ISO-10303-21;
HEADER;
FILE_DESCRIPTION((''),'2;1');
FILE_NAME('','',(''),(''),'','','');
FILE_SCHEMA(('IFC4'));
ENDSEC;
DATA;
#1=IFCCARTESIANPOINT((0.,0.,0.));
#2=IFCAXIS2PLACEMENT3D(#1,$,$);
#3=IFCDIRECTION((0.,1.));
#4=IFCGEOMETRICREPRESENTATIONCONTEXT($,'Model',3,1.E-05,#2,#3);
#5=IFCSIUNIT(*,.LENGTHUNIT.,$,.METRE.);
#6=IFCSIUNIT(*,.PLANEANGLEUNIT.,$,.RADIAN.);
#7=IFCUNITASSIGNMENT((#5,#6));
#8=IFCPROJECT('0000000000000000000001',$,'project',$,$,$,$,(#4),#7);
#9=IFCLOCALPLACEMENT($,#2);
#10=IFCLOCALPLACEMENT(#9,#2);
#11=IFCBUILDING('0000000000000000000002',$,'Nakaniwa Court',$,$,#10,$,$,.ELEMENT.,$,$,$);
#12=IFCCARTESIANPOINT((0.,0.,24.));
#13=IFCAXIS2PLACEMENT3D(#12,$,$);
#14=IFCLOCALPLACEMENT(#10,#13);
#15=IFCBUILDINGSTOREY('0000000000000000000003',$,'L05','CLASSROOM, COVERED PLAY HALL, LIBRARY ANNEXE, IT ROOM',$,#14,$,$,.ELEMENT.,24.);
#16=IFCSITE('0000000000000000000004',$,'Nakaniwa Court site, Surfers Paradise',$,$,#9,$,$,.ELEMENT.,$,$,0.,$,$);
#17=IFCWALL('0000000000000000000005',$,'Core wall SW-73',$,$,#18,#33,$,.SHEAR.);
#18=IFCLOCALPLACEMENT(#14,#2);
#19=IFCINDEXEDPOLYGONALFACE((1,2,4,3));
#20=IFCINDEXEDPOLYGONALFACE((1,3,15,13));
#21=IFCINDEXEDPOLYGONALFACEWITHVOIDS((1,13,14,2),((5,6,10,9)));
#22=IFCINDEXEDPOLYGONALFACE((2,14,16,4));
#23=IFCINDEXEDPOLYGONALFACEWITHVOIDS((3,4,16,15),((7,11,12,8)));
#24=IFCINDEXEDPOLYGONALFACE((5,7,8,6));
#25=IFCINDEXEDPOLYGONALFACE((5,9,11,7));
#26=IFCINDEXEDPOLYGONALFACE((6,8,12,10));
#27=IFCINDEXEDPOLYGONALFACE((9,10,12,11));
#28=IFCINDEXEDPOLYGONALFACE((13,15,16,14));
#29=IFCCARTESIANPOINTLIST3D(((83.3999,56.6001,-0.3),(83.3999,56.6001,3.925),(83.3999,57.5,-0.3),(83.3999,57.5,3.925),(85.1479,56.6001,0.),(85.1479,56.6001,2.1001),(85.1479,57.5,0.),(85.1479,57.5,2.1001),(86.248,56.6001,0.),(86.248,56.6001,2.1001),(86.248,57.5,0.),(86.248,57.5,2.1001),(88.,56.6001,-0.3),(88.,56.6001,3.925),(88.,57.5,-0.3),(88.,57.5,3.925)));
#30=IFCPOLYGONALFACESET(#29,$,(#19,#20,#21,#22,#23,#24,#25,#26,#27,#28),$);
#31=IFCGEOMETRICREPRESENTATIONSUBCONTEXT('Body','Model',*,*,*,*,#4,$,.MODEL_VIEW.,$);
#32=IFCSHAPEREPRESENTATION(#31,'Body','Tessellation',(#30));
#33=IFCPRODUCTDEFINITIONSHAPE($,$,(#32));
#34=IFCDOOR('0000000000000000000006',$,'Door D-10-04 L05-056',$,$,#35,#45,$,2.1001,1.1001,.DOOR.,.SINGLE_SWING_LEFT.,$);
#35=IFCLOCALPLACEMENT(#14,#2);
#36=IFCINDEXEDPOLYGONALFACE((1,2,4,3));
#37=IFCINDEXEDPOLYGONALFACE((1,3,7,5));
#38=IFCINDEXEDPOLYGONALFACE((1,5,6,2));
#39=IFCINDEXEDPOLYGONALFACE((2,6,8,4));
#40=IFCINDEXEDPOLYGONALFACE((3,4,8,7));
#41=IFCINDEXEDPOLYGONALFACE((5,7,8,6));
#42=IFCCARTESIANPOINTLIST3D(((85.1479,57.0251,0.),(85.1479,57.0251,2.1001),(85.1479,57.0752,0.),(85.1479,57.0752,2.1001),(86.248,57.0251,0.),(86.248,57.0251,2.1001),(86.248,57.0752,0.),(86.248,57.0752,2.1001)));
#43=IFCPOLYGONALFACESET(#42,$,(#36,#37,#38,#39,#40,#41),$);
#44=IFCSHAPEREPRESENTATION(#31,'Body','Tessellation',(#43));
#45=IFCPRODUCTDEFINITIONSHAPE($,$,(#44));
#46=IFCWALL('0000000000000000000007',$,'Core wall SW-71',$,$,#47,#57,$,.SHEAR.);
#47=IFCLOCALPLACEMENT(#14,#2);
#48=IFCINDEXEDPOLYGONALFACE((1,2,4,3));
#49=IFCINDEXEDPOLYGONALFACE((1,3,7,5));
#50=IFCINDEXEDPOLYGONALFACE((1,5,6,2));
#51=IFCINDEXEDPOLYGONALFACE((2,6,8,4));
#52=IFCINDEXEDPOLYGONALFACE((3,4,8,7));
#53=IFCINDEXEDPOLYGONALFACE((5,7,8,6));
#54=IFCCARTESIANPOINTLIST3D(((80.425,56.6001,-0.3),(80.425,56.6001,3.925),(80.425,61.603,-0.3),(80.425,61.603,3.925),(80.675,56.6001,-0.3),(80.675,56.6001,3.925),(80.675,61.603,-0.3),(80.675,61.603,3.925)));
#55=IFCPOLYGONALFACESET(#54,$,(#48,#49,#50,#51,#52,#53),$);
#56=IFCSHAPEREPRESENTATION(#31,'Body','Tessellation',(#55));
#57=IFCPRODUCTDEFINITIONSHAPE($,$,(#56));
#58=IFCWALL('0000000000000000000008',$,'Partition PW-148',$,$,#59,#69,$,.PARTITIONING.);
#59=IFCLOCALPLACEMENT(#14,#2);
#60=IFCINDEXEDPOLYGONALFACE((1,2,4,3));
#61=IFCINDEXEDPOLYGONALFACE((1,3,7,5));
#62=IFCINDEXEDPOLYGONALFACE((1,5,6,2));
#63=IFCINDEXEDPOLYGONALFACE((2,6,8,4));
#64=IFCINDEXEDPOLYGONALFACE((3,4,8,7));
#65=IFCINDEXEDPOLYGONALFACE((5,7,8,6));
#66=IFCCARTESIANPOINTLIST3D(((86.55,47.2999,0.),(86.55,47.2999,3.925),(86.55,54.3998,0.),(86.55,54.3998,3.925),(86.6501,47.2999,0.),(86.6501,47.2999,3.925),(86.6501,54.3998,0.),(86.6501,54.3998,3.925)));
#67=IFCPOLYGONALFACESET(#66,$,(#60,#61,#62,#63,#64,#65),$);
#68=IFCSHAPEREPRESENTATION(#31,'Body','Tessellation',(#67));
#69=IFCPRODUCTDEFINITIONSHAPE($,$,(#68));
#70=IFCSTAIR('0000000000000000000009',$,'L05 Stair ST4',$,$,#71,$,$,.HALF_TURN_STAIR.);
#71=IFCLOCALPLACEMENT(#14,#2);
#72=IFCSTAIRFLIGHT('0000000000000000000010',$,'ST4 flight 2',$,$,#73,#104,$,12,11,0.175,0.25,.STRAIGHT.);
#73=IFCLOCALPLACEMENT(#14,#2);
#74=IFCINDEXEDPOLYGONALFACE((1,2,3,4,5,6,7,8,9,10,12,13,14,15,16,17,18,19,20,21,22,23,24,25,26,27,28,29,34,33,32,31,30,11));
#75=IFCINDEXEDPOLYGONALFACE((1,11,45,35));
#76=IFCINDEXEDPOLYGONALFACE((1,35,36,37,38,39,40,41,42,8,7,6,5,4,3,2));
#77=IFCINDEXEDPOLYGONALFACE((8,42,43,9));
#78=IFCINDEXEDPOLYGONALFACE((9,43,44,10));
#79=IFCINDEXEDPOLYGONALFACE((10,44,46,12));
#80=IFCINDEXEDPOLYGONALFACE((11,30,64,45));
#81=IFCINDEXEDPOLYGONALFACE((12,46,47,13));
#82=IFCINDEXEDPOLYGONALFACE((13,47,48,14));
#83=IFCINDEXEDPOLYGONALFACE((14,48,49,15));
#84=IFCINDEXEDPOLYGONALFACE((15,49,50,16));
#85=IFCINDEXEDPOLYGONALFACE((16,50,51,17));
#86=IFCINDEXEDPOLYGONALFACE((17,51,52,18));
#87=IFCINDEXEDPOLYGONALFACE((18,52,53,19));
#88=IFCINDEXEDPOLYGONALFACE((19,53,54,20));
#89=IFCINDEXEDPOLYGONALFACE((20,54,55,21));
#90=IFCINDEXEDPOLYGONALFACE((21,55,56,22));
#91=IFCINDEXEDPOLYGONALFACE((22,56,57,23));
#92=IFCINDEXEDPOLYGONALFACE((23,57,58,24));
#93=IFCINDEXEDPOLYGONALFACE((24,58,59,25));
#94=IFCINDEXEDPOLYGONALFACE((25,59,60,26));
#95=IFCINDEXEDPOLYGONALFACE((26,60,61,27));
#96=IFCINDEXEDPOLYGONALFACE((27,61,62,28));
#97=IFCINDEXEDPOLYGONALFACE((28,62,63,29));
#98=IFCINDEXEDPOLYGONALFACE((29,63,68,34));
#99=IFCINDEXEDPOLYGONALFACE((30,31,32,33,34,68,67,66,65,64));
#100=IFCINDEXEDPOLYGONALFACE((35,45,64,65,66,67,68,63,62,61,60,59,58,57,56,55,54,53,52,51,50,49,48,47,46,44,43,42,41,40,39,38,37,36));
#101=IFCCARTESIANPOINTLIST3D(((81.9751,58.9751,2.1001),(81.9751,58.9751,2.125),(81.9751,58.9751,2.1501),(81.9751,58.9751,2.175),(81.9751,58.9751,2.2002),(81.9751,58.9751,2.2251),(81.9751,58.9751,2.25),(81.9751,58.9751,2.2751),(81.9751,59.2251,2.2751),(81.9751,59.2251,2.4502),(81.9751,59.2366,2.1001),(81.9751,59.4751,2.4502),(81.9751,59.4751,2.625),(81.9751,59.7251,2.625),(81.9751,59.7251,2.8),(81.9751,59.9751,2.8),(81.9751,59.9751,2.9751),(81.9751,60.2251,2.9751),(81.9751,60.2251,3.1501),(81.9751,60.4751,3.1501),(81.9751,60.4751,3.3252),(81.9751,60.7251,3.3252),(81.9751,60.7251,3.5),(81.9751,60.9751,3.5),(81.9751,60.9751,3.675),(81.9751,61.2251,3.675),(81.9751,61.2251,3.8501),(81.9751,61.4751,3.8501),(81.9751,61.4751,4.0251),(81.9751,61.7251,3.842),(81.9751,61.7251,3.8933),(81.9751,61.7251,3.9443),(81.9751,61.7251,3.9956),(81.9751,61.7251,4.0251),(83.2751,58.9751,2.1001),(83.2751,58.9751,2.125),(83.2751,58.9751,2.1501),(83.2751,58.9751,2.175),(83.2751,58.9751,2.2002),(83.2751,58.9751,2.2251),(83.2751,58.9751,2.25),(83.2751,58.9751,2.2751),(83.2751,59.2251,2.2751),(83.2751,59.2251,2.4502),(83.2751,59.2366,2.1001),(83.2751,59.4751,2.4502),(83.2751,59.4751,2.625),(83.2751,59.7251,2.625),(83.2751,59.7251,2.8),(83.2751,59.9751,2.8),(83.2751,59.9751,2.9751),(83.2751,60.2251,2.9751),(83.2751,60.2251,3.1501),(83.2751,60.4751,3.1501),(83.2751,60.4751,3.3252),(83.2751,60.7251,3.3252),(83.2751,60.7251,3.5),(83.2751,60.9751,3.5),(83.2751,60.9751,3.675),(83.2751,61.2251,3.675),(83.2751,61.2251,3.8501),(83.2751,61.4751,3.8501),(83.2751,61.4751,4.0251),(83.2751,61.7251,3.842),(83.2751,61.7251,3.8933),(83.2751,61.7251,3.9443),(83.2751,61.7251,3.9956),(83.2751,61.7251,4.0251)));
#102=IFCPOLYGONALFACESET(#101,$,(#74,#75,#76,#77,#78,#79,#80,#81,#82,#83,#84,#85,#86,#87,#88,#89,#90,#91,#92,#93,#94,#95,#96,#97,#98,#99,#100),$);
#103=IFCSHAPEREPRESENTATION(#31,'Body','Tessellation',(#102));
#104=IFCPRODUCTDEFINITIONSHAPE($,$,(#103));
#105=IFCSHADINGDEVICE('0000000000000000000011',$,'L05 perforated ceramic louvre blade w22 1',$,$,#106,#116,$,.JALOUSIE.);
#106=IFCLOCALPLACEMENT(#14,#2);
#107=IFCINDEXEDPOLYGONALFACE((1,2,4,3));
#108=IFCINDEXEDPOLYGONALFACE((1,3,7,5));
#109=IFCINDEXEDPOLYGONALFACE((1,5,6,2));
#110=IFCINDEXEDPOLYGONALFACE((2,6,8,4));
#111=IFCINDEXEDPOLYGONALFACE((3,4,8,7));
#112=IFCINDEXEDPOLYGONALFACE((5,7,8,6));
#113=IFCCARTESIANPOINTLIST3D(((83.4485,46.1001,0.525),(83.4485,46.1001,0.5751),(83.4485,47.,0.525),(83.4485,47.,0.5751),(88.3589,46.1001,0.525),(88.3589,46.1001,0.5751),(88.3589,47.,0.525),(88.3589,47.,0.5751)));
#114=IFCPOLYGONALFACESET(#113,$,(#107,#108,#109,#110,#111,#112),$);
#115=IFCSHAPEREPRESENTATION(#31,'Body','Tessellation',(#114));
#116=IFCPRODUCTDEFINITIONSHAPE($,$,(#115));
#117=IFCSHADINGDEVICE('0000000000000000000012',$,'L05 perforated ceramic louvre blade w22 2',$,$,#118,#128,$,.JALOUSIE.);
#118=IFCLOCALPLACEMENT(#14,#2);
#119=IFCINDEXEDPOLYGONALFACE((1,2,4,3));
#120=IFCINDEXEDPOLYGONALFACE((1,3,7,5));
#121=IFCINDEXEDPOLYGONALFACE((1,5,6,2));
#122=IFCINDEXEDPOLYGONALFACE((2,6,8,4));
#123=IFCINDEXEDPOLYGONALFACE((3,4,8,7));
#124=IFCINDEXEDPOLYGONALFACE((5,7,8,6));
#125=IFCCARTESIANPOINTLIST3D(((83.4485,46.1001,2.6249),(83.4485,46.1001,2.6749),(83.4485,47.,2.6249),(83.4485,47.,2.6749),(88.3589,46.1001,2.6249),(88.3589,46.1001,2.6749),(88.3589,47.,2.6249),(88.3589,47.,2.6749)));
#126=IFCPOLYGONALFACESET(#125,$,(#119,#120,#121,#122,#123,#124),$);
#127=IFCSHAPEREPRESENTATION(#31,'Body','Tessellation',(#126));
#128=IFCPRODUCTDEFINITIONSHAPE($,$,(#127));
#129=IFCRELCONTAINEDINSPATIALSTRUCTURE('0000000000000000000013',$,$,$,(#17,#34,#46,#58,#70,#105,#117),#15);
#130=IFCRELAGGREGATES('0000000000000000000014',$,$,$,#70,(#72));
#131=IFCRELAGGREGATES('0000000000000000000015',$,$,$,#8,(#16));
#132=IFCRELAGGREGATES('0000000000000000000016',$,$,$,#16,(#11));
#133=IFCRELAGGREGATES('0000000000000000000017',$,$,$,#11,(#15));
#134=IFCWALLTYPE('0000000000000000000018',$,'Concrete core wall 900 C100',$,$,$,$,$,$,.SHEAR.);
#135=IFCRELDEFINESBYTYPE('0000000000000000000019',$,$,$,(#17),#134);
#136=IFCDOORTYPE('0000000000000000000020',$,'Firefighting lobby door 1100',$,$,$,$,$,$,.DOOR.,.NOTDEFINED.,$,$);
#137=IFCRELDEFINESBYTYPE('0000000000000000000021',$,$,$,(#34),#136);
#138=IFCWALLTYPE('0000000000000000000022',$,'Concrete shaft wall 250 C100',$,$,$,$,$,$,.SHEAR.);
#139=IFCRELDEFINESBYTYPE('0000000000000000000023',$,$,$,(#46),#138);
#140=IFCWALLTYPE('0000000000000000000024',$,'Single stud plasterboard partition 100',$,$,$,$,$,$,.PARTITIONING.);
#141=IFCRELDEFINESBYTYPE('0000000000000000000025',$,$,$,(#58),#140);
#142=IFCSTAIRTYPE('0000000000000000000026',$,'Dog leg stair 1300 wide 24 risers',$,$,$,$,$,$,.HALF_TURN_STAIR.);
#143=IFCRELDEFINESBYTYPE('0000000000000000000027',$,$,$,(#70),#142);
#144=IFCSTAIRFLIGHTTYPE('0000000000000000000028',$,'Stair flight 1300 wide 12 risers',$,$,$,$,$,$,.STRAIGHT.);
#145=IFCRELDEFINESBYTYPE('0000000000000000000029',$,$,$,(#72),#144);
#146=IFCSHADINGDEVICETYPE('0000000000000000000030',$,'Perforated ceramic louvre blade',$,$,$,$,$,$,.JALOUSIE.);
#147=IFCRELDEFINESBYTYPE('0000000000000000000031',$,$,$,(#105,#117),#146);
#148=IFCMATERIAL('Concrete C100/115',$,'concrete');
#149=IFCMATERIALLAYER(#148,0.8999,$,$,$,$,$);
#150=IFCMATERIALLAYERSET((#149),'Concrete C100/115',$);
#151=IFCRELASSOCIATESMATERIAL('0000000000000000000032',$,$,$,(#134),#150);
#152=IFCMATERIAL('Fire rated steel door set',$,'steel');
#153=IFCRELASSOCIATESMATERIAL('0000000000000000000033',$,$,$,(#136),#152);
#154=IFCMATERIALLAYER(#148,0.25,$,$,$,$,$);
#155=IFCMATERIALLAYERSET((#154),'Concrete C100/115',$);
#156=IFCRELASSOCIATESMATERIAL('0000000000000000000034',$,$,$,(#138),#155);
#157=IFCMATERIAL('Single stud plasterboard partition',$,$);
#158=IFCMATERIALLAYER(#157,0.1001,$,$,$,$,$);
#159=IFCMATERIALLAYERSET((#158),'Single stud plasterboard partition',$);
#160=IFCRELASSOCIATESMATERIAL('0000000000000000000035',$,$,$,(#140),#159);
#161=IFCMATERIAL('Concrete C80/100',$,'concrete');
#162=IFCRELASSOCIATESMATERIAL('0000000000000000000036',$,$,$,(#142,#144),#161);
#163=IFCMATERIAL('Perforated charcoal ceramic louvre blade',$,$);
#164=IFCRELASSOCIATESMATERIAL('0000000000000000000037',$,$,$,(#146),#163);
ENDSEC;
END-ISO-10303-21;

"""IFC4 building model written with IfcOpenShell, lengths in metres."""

from ifc_helpers import new_model, si_unit, direction, frame, frame_2d, origin, origin_2d, place, context, subcontext, project, spatial, polyline, rectangle, outline, extrude, material, layer, layer_set, material_profile, profile_set, type_object, element, fill, aggregate, save


model = new_model("IFC4")

# Units and contexts
model_context = context("Model", 3, precision=1e-05, world=origin(), true_north=direction((0.0, 1.0)))
body_context = subcontext(model_context, "Body", "Model", "MODEL_VIEW")
ifc_project = project(units=[si_unit("LENGTHUNIT", "METRE"), si_unit("PLANEANGLEUNIT", "RADIAN")], contexts=[model_context])

# Site, building, storey
site_placement = place(None, origin())
site = spatial("IfcSite", under=ifc_project, at=site_placement, Name="Nakaniwa Court site, Surfers Paradise", CompositionType="ELEMENT", RefElevation=0.0)
building_placement = place(site_placement, origin())
building = spatial("IfcBuilding", under=site, at=building_placement, Name="Nakaniwa Court", CompositionType="ELEMENT")
storey_placement = place(building_placement, frame((0.0, 0.0, 24.0)))
storey = spatial("IfcBuildingStorey", under=building, at=storey_placement, Name="L05", Description="CLASSROOM, COVERED PLAY HALL, LIBRARY ANNEXE, IT ROOM", CompositionType="ELEMENT", Elevation=24.0)

# Shared definitions
ifc_material_1 = material(Name="Concrete C100/115", Category="concrete")

# Shared definitions
ifc_material_2 = material(Name="Concrete C80/100", Category="concrete")

# Wall, opening, door
ifc_layer_1 = layer(ifc_material_1, 0.8999)
ifc_layer_set_1 = layer_set([ifc_layer_1], Name="Concrete C100/115")
wall_type_1 = type_object("IfcWallType", Name="Concrete core wall 900 C100", PredefinedType="SHEAR", material=ifc_layer_set_1)
wall_1_placement = place(storey_placement, frame((88.0, 57.05, -0.3), z_axis=(0.0, 0.0, 1.0), x_axis=(-1.0, 0.0, 0.0)))
wall_1 = element("IfcWall", 1, at=wall_1_placement, inside=storey, type_object=wall_type_1, Name="Core wall SW-73", PredefinedType="SHEAR", context=body_context, shape_type="SweptSolid", body=[
    extrude(rectangle(XDim=4.6001, YDim=0.8999, at=frame_2d((2.3, 0.0))), origin(), (0.0, 0.0, 1.0), 4.2251),
])
opening_1_placement = place(wall_1_placement, frame((1.752, 0.0, 0.3)))
opening_1 = element("IfcOpeningElement", 2, at=opening_1_placement, cuts=wall_1, PredefinedType="OPENING", context=body_context, shape_type="SweptSolid", body=[
    extrude(rectangle(XDim=1.1001, YDim=2.1001, at=frame_2d((0.55, 1.05))), frame((0.0, 0.46, 0.0), z_axis=(0.0, -1.0, 0.0), x_axis=(1.0, 0.0, 0.0)), (0.0, 0.0, 1.0), 0.9199),
])
ifc_material_3 = material(Name="Fire rated steel door set", Category="steel")
door_type = type_object("IfcDoorType", Name="Firefighting lobby door 1100", OperationType="NOTDEFINED", PredefinedType="DOOR", material=ifc_material_3)
door_placement = place(opening_1_placement, origin())
door = element("IfcDoor", 3, at=door_placement, inside=storey, type_object=door_type, Name="Door D-10-04 L05-056", OperationType="SINGLE_SWING_LEFT", OverallHeight=2.1001, OverallWidth=1.1001, PredefinedType="DOOR", context=body_context, shape_type="SweptSolid", body=[
    extrude(rectangle(XDim=1.1001, YDim=2.1001, at=frame_2d((0.55, 1.05))), frame((0.0, 0.0249, 0.0), z_axis=(0.0, -1.0, 0.0), x_axis=(1.0, 0.0, 0.0)), (0.0, 0.0, 1.0), 0.05),
])
fill(opening_1, door)

# Walls
ifc_layer_2 = layer(ifc_material_1, 0.25)
ifc_layer_set_2 = layer_set([ifc_layer_2], Name="Concrete C100/115")
wall_type_2 = type_object("IfcWallType", Name="Concrete shaft wall 250 C100", PredefinedType="SHEAR", material=ifc_layer_set_2)
wall_2_placement = place(storey_placement, frame((80.55, 56.6001, -0.3), z_axis=(0.0, 0.0, 1.0), x_axis=(0.0, 1.0, 0.0)))
element("IfcWall", 4, at=wall_2_placement, inside=storey, type_object=wall_type_2, Name="Core wall SW-71", PredefinedType="SHEAR", context=body_context, shape_type="SweptSolid", body=[
    extrude(rectangle(XDim=5.0029, YDim=0.25, at=frame_2d((2.5015, 0.0))), origin(), (0.0, 0.0, 1.0), 4.2251),
])
ifc_material_4 = material(Name="Single stud plasterboard partition")
ifc_layer_3 = layer(ifc_material_4, 0.1001)
ifc_layer_set_3 = layer_set([ifc_layer_3], Name="Single stud plasterboard partition")
wall_type_3 = type_object("IfcWallType", Name="Single stud plasterboard partition 100", PredefinedType="PARTITIONING", material=ifc_layer_set_3)
wall_3_placement = place(storey_placement, frame((86.6001, 47.3, 0.0), z_axis=(0.0, 0.0, 1.0), x_axis=(0.0, 1.0, 0.0)))
element("IfcWall", 5, at=wall_3_placement, inside=storey, type_object=wall_type_3, Name="Partition PW-148", PredefinedType="PARTITIONING", context=body_context, shape_type="SweptSolid", body=[
    extrude(rectangle(XDim=7.0999, YDim=0.1001, at=frame_2d((3.5498, 0.0))), origin(), (0.0, 0.0, 1.0), 3.925),
])

# Stair, stair flight
stair_type = type_object("IfcStairType", Name="Dog leg stair 1300 wide 24 risers", PredefinedType="HALF_TURN_STAIR", material=ifc_material_2)
stair_placement = place(storey_placement, origin())
stair = element("IfcStair", 6, at=stair_placement, inside=storey, type_object=stair_type, Name="L05 Stair ST4", PredefinedType="HALF_TURN_STAIR")
stair_flight_type = type_object("IfcStairFlightType", Name="Stair flight 1300 wide 12 risers", PredefinedType="STRAIGHT", material=ifc_material_2)
stair_flight_placement = place(storey_placement, frame((82.625, 58.9751, 2.1001), z_axis=(0.0, 0.0, 1.0), x_axis=(0.0, 1.0, 0.0)))
stair_flight = element("IfcStairFlight", 7, at=stair_flight_placement, type_object=stair_flight_type, Name="ST4 flight 2", NumberOfRisers=12, NumberOfTreads=11, PredefinedType="STRAIGHT", RiserHeight=0.175, TreadLength=0.25, context=body_context, shape_type="SweptSolid", body=[
    extrude(outline(polyline([(0.0, 0.0), (0.0, 0.0249), (0.0, 0.05), (0.0, 0.075), (0.0, 0.1001), (0.0, 0.125), (0.0, 0.1499), (0.0, 0.175), (0.25, 0.175), (0.25, 0.3501), (0.5, 0.3501), (0.5, 0.5249), (0.75, 0.5249), (0.75, 0.7), (1.0, 0.7), (1.0, 0.875), (1.25, 0.875), (1.25, 1.05), (1.5, 1.05), (1.5, 1.2251), (1.75, 1.2251), (1.75, 1.3999), (2.0, 1.3999), (2.0, 1.575), (2.25, 1.575), (2.25, 1.75), (2.5, 1.75), (2.5, 1.925), (2.75, 1.925), (2.75, 2.1001), (2.75, 2.0488), (2.75, 1.9978), (2.75, 1.9465), (2.75, 1.8955), (2.75, 1.8442), (2.75, 1.7932), (2.75, 1.7419), (0.2615, 0.0), (0.0, 0.0)])), frame((0.0, 0.6499, 0.0), z_axis=(0.0, -1.0, 0.0), x_axis=(1.0, 0.0, 0.0)), (0.0, 0.0, 1.0), 1.3),
])
aggregate(stair, [stair_flight])

# Shading devices
ifc_material_5 = material(Name="Perforated charcoal ceramic louvre blade")
ifc_material_profile_1 = material_profile(ifc_material_5, rectangle(XDim=0.8999, YDim=0.05, at=origin_2d()), Name="Perforated ceramic louvre blade")
ifc_profile_set_1 = profile_set([ifc_material_profile_1], Name="Perforated charcoal ceramic louvre blade")
shading_device_type = type_object("IfcShadingDeviceType", Name="Perforated ceramic louvre blade", PredefinedType="JALOUSIE", material=ifc_profile_set_1)
for number, where, z_axis, x_axis, name in (
    (8, (83.4485, 46.55, 0.55), (1.0, 0.0, 0.0), (0.0, 1.0, 0.0), "L05 perforated ceramic louvre blade w22 1"),
    (9, (83.4485, 46.55, 2.6499), (1.0, 0.0, 0.0), (0.0, 1.0, 0.0), "L05 perforated ceramic louvre blade w22 2"),
):
    element("IfcShadingDevice", number, at=place(storey_placement, frame(where, z_axis=z_axis, x_axis=x_axis)), inside=storey, type_object=shading_device_type, Name=name, PredefinedType="JALOUSIE", context=body_context, shape_type="SweptSolid", body=[
        extrude(rectangle(XDim=0.8999, YDim=0.05, at=origin_2d()), origin(), (0.0, 0.0, 1.0), 4.9104),
    ])

save(model, "model.ifc")
